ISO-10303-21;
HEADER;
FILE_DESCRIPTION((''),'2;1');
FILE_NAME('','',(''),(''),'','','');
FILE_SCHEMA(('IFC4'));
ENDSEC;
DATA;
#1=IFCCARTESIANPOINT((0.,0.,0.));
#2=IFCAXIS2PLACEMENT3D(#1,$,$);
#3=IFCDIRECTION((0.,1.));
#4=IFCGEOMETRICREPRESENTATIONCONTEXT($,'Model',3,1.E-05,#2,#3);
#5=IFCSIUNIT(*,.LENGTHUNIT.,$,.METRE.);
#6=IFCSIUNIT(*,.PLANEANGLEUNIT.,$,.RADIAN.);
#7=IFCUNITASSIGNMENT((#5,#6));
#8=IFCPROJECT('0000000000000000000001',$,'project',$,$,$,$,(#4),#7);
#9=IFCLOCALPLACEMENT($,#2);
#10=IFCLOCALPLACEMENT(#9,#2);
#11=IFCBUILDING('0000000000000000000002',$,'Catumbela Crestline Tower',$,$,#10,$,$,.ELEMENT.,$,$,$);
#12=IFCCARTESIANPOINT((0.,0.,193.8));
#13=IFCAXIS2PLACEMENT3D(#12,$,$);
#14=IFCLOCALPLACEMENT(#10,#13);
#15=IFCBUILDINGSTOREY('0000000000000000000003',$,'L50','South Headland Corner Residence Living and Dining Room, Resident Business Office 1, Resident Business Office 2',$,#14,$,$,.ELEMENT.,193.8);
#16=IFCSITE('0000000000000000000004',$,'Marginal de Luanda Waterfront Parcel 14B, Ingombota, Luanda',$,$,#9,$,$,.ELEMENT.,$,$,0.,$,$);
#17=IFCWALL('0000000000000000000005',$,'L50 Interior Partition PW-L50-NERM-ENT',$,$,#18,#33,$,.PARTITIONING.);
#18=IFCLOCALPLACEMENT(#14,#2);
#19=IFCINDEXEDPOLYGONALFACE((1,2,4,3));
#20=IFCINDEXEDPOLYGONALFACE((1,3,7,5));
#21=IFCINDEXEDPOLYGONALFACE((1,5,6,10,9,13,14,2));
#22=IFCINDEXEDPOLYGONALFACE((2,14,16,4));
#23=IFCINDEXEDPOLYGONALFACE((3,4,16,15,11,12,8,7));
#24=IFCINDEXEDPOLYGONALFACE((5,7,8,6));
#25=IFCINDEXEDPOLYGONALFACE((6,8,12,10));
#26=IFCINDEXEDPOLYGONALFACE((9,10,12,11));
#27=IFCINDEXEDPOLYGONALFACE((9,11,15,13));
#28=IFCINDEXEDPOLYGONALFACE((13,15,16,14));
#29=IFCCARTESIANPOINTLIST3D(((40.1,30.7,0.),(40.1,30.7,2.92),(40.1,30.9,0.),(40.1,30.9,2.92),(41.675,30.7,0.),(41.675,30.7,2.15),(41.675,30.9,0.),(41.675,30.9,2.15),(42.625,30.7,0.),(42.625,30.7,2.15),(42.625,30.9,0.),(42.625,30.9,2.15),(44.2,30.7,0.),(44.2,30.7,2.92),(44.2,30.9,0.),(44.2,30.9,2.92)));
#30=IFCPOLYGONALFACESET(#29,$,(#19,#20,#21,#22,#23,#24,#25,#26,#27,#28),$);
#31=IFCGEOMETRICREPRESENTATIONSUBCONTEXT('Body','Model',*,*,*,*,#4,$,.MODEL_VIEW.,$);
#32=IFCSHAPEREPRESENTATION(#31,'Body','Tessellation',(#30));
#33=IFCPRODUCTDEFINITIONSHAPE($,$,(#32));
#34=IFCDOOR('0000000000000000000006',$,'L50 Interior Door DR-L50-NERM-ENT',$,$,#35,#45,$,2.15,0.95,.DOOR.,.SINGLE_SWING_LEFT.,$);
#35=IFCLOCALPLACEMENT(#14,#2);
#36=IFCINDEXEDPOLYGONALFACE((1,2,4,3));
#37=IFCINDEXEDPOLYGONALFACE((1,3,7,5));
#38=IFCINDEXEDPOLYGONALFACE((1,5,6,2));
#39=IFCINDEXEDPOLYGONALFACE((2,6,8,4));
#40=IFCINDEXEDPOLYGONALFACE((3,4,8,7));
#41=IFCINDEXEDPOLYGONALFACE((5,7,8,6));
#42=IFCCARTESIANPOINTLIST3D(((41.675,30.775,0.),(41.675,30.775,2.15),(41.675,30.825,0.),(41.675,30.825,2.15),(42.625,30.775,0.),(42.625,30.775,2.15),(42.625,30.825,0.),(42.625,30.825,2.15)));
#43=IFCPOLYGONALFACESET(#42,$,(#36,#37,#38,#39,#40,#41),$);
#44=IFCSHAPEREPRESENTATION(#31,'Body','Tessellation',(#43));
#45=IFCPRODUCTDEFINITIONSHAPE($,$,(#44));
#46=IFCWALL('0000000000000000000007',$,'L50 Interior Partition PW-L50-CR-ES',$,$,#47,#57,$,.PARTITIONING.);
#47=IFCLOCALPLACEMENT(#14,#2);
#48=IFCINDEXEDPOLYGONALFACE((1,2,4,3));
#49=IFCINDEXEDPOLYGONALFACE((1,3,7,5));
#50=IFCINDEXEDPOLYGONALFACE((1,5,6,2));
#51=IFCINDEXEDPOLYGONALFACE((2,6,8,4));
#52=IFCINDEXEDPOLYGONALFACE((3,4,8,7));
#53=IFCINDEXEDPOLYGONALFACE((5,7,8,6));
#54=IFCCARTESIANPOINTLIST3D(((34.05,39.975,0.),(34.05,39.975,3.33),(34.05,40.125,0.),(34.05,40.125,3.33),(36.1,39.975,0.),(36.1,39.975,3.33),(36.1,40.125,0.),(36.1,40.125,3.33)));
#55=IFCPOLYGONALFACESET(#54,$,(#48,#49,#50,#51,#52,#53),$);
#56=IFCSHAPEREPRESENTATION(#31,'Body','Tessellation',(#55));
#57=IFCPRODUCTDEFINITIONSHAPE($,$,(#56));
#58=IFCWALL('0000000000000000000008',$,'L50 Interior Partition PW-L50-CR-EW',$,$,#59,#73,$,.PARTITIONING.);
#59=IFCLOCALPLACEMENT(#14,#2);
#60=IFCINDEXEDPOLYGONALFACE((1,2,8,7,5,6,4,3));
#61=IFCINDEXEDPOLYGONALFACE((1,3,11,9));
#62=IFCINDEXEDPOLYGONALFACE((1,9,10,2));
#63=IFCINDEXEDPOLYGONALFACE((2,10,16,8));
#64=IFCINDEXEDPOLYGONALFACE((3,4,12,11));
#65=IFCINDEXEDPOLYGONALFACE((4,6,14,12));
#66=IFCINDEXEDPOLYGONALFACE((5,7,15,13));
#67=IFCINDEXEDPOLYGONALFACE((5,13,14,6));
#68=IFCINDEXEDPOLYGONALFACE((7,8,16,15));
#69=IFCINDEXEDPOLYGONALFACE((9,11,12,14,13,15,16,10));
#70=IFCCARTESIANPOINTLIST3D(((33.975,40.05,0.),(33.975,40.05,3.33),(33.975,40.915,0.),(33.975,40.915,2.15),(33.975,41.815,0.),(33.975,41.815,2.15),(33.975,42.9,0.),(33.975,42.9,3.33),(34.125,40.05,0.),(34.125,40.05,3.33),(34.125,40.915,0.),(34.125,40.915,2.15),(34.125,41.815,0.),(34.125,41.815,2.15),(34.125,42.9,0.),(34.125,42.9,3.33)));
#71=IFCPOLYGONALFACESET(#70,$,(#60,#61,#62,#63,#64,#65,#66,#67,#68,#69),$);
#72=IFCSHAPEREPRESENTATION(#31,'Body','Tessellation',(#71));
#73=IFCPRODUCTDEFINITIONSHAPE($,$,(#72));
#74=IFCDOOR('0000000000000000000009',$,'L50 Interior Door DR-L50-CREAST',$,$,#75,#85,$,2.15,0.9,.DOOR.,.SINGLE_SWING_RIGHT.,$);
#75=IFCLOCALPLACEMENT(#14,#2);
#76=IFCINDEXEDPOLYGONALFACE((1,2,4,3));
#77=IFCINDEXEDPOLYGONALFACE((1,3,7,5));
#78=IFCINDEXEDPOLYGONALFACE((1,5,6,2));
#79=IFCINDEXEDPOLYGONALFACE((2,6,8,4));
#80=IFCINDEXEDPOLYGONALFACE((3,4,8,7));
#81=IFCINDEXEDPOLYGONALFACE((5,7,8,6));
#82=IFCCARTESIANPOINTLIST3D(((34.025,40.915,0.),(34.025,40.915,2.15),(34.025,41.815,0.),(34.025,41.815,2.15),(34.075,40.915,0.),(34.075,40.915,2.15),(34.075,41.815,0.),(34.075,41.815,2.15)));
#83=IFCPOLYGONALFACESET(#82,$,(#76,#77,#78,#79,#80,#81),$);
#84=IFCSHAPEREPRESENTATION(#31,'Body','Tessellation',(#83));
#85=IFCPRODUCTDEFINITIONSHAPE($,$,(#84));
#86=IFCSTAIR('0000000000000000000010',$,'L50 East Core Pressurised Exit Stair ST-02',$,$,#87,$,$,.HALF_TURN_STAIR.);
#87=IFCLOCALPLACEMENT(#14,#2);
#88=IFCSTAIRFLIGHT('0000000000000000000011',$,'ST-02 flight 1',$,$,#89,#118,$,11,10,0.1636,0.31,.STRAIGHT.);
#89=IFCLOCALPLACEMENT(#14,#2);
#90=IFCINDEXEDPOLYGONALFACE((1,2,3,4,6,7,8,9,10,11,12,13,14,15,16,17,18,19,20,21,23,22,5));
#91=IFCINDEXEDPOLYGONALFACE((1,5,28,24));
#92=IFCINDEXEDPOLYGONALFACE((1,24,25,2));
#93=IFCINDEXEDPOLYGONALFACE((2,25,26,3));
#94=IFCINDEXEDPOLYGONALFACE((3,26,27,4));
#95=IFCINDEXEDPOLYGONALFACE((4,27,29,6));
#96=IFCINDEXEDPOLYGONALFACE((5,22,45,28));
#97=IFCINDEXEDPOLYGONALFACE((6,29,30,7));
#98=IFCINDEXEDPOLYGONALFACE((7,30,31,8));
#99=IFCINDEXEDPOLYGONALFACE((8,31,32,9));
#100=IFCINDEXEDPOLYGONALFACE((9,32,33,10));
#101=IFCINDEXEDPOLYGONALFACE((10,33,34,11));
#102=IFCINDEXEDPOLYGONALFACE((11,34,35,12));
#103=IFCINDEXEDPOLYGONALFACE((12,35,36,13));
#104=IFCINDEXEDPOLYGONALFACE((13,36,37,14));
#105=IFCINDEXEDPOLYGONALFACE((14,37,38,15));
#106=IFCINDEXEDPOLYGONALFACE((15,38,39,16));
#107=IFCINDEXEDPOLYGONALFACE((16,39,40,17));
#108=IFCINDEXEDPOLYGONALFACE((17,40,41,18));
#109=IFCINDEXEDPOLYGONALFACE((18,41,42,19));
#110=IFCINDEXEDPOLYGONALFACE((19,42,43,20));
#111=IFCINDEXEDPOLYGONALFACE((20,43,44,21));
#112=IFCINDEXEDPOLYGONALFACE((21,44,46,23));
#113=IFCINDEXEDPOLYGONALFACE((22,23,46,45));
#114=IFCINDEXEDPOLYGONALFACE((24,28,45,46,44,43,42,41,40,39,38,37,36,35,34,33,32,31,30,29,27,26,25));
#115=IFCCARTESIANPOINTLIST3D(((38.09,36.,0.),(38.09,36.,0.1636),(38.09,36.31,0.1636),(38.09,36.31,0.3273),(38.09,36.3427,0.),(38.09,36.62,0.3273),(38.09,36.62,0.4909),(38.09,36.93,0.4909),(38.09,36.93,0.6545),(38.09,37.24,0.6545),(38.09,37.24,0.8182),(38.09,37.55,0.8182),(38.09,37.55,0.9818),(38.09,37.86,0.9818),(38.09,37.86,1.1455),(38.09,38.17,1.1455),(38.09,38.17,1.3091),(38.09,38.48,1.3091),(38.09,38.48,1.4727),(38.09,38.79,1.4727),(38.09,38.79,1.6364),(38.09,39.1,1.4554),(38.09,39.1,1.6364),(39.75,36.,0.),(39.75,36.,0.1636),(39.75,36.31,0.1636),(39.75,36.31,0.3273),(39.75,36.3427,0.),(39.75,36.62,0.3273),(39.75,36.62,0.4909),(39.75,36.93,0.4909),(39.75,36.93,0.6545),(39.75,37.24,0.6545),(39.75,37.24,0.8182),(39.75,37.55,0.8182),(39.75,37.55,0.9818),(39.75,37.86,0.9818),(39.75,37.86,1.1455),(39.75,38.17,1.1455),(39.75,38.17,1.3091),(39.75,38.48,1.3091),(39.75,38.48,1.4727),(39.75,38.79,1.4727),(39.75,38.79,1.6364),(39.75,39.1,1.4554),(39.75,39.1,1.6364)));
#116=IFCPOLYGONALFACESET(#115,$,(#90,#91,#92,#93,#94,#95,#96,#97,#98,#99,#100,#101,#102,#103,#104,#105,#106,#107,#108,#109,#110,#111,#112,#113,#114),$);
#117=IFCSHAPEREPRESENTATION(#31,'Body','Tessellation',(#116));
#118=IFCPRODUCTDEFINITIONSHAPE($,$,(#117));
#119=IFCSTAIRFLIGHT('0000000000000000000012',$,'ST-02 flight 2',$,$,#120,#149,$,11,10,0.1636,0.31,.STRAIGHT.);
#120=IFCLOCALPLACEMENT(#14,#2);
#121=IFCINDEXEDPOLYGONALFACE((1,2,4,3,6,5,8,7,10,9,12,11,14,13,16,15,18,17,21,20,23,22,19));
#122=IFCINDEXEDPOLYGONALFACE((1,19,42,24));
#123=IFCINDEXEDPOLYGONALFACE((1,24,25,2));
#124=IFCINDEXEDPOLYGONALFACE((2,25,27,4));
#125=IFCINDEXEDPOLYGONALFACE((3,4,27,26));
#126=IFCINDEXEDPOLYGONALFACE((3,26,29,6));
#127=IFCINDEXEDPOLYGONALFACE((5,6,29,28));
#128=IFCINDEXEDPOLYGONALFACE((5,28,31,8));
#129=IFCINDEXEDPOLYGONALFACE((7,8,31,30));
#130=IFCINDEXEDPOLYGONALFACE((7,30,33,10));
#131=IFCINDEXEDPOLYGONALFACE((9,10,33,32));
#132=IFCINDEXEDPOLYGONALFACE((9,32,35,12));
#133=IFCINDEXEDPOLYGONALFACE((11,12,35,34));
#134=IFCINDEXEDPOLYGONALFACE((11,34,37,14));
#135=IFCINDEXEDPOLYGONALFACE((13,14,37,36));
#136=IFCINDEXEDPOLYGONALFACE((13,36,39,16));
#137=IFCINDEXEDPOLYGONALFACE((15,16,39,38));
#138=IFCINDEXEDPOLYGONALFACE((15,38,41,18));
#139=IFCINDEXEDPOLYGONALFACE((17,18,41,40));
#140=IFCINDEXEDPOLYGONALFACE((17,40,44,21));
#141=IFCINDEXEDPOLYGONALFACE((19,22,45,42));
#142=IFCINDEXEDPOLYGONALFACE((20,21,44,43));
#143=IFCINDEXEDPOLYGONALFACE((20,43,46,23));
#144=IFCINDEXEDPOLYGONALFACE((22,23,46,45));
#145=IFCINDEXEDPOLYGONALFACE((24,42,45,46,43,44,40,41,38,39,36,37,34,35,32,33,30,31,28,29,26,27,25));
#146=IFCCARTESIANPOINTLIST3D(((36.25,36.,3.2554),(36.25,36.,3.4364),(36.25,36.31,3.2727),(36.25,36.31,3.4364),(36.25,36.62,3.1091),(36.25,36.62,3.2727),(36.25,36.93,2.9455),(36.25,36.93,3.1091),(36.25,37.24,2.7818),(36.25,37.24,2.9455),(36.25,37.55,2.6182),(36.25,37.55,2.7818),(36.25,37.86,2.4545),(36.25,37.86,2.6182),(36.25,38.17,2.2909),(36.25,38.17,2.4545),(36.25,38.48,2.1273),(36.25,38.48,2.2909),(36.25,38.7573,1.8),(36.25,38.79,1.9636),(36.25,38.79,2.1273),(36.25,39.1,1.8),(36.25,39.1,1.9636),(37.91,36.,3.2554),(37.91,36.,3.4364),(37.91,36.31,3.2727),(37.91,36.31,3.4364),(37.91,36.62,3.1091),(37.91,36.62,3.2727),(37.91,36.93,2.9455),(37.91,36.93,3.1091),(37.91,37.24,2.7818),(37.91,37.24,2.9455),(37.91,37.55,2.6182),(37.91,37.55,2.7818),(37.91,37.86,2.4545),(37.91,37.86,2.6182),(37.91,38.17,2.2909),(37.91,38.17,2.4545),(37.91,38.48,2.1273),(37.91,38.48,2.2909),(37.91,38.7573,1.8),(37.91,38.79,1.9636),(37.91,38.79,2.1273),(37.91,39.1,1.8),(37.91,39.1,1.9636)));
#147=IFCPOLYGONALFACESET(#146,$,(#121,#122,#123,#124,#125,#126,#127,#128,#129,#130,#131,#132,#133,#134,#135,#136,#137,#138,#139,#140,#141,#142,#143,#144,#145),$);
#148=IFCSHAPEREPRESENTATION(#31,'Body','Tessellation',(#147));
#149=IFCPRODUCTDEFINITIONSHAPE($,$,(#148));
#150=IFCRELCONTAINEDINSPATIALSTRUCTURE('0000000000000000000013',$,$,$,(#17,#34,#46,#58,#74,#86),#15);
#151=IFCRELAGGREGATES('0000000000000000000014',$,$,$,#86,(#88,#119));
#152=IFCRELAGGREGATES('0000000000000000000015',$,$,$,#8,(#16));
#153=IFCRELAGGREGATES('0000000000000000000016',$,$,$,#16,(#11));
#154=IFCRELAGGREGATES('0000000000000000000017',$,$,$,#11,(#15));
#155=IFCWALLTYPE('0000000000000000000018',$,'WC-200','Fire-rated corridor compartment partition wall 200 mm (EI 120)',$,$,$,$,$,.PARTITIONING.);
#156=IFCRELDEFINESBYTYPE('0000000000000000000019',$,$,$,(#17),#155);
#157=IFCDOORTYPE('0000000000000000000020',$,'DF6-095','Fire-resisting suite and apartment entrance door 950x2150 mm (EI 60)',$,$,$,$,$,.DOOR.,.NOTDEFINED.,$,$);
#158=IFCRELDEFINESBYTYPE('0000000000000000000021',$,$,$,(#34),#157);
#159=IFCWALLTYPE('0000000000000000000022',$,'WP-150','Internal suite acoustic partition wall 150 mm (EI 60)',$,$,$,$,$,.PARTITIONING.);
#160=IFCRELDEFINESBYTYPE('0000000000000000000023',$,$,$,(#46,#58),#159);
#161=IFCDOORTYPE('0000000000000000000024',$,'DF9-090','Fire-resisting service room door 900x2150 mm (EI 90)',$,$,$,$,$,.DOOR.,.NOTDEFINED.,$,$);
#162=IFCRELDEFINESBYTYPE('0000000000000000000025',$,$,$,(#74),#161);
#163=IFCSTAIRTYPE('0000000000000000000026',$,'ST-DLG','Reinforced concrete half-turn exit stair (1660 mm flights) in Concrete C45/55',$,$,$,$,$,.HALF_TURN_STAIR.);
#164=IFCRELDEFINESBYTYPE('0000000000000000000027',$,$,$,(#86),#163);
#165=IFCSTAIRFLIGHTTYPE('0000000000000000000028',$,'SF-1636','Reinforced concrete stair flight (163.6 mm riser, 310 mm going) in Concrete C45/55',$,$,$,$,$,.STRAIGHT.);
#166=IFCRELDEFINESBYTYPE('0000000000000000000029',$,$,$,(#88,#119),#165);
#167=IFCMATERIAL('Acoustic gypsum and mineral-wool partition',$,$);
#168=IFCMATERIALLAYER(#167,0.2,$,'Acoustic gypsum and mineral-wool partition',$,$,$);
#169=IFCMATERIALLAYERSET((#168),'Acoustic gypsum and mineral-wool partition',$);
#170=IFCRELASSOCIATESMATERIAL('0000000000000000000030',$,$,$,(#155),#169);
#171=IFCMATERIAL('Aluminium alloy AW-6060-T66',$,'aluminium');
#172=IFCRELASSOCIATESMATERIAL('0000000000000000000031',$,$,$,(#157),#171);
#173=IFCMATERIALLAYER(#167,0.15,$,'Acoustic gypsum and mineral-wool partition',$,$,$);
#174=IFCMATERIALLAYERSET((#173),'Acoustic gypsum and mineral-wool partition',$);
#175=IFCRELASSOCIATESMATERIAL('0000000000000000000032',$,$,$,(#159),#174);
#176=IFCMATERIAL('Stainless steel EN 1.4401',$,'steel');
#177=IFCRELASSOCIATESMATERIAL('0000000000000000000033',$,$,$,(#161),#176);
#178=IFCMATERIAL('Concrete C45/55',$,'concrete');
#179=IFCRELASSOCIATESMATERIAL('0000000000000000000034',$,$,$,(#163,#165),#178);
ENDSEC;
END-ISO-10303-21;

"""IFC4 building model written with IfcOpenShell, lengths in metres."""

from ifc_helpers import new_model, si_unit, direction, frame, frame_2d, origin, place, context, subcontext, project, spatial, polyline, rectangle, outline, extrude, material, layer, layer_set, type_object, element, fill, aggregate, save


model = new_model("IFC4")

# Units and contexts
model_context = context("Model", 3, precision=1e-05, world=origin(), true_north=direction((0.0, 1.0)))
body_context = subcontext(model_context, "Body", "Model", "MODEL_VIEW")
ifc_project = project(units=[si_unit("LENGTHUNIT", "METRE"), si_unit("PLANEANGLEUNIT", "RADIAN")], contexts=[model_context])

# Site, building, storey
site_placement = place(None, origin())
site = spatial("IfcSite", under=ifc_project, at=site_placement, Name="Marginal de Luanda Waterfront Parcel 14B, Ingombota, Luanda", CompositionType="ELEMENT", RefElevation=0.0)
building_placement = place(site_placement, origin())
building = spatial("IfcBuilding", under=site, at=building_placement, Name="Catumbela Crestline Tower", CompositionType="ELEMENT")
storey_placement = place(building_placement, frame((0.0, 0.0, 193.8)))
storey = spatial("IfcBuildingStorey", under=building, at=storey_placement, Name="L50", Description="South Headland Corner Residence Living and Dining Room, Resident Business Office 1, Resident Business Office 2", CompositionType="ELEMENT", Elevation=193.8)

# Shared definitions
ifc_material_1 = material(Name="Aluminium alloy AW-6060-T66", Category="aluminium")

# Wall, opening, door
ifc_material_2 = material(Name="Acoustic gypsum and mineral-wool partition")
ifc_layer_1 = layer(ifc_material_2, 0.2, Name="Acoustic gypsum and mineral-wool partition")
ifc_layer_set_1 = layer_set([ifc_layer_1], Name="Acoustic gypsum and mineral-wool partition")
wall_type_1 = type_object("IfcWallType", Name="WC-200", Description="Fire-rated corridor compartment partition wall 200 mm (EI 120)", PredefinedType="PARTITIONING", material=ifc_layer_set_1)
wall_1_placement = place(storey_placement, frame((40.1, 30.8, 0.0), z_axis=(0.0, 0.0, 1.0), x_axis=(1.0, 0.0, 0.0)))
wall_1 = element("IfcWall", 1, at=wall_1_placement, inside=storey, type_object=wall_type_1, Name="L50 Interior Partition PW-L50-NERM-ENT", PredefinedType="PARTITIONING", context=body_context, shape_type="SweptSolid", body=[
    extrude(rectangle(XDim=4.1, YDim=0.2, at=frame_2d((2.05, 0.0))), origin(), (0.0, 0.0, 1.0), 2.92),
])
opening_1_placement = place(wall_1_placement, frame((1.575, 0.0, 0.0)))
opening_1 = element("IfcOpeningElement", 2, at=opening_1_placement, cuts=wall_1, PredefinedType="OPENING", context=body_context, shape_type="SweptSolid", body=[
    extrude(rectangle(XDim=0.95, YDim=2.15, at=frame_2d((0.475, 1.075))), frame((0.0, 0.11, 0.0), z_axis=(0.0, -1.0, 0.0), x_axis=(1.0, 0.0, 0.0)), (0.0, 0.0, 1.0), 0.22),
])
door_type_1 = type_object("IfcDoorType", Name="DF6-095", Description="Fire-resisting suite and apartment entrance door 950x2150 mm (EI 60)", OperationType="NOTDEFINED", PredefinedType="DOOR", material=ifc_material_1)
door_1_placement = place(opening_1_placement, origin())
door_1 = element("IfcDoor", 3, at=door_1_placement, inside=storey, type_object=door_type_1, Name="L50 Interior Door DR-L50-NERM-ENT", OperationType="SINGLE_SWING_LEFT", OverallHeight=2.15, OverallWidth=0.95, PredefinedType="DOOR", context=body_context, shape_type="SweptSolid", body=[
    extrude(rectangle(XDim=0.95, YDim=2.15, at=frame_2d((0.475, 1.075))), frame((0.0, 0.025, 0.0), z_axis=(0.0, -1.0, 0.0), x_axis=(1.0, 0.0, 0.0)), (0.0, 0.0, 1.0), 0.05),
])
fill(opening_1, door_1)

# Wall
ifc_layer_2 = layer(ifc_material_2, 0.15, Name="Acoustic gypsum and mineral-wool partition")
ifc_layer_set_2 = layer_set([ifc_layer_2], Name="Acoustic gypsum and mineral-wool partition")
wall_type_2 = type_object("IfcWallType", Name="WP-150", Description="Internal suite acoustic partition wall 150 mm (EI 60)", PredefinedType="PARTITIONING", material=ifc_layer_set_2)
wall_2_placement = place(storey_placement, frame((34.05, 40.05, 0.0), z_axis=(0.0, 0.0, 1.0), x_axis=(1.0, 0.0, 0.0)))
element("IfcWall", 4, at=wall_2_placement, inside=storey, type_object=wall_type_2, Name="L50 Interior Partition PW-L50-CR-ES", PredefinedType="PARTITIONING", context=body_context, shape_type="SweptSolid", body=[
    extrude(rectangle(XDim=2.05, YDim=0.15, at=frame_2d((1.025, 0.0))), origin(), (0.0, 0.0, 1.0), 3.33),
])

# Wall, opening, door
wall_3_placement = place(storey_placement, frame((34.05, 40.05, 0.0), z_axis=(0.0, 0.0, 1.0), x_axis=(0.0, 1.0, 0.0)))
wall_3 = element("IfcWall", 5, at=wall_3_placement, inside=storey, type_object=wall_type_2, Name="L50 Interior Partition PW-L50-CR-EW", PredefinedType="PARTITIONING", context=body_context, shape_type="SweptSolid", body=[
    extrude(rectangle(XDim=2.85, YDim=0.15, at=frame_2d((1.425, 0.0))), origin(), (0.0, 0.0, 1.0), 3.33),
])
opening_2_placement = place(wall_3_placement, frame((0.865, 0.0, 0.0)))
opening_2 = element("IfcOpeningElement", 6, at=opening_2_placement, cuts=wall_3, PredefinedType="OPENING", context=body_context, shape_type="SweptSolid", body=[
    extrude(rectangle(XDim=0.9, YDim=2.15, at=frame_2d((0.45, 1.075))), frame((0.0, 0.085, 0.0), z_axis=(0.0, -1.0, 0.0), x_axis=(1.0, 0.0, 0.0)), (0.0, 0.0, 1.0), 0.17),
])
ifc_material_3 = material(Name="Stainless steel EN 1.4401", Category="steel")
door_type_2 = type_object("IfcDoorType", Name="DF9-090", Description="Fire-resisting service room door 900x2150 mm (EI 90)", OperationType="NOTDEFINED", PredefinedType="DOOR", material=ifc_material_3)
door_2_placement = place(opening_2_placement, origin())
door_2 = element("IfcDoor", 7, at=door_2_placement, inside=storey, type_object=door_type_2, Name="L50 Interior Door DR-L50-CREAST", OperationType="SINGLE_SWING_RIGHT", OverallHeight=2.15, OverallWidth=0.9, PredefinedType="DOOR", context=body_context, shape_type="SweptSolid", body=[
    extrude(rectangle(XDim=0.9, YDim=2.15, at=frame_2d((0.45, 1.075))), frame((0.0, 0.025, 0.0), z_axis=(0.0, -1.0, 0.0), x_axis=(1.0, 0.0, 0.0)), (0.0, 0.0, 1.0), 0.05),
])
fill(opening_2, door_2)

# Stair, stair flights
ifc_material_4 = material(Name="Concrete C45/55", Category="concrete")
stair_type = type_object("IfcStairType", Name="ST-DLG", Description="Reinforced concrete half-turn exit stair (1660 mm flights) in Concrete C45/55", PredefinedType="HALF_TURN_STAIR", material=ifc_material_4)
stair_placement = place(storey_placement, origin())
stair = element("IfcStair", 8, at=stair_placement, inside=storey, type_object=stair_type, Name="L50 East Core Pressurised Exit Stair ST-02", PredefinedType="HALF_TURN_STAIR")
stair_flight_type = type_object("IfcStairFlightType", Name="SF-1636", Description="Reinforced concrete stair flight (163.6 mm riser, 310 mm going) in Concrete C45/55", PredefinedType="STRAIGHT", material=ifc_material_4)
stair_flight_1_placement = place(storey_placement, frame((38.92, 36.0, 0.0), z_axis=(0.0, 0.0, 1.0), x_axis=(0.0, 1.0, 0.0)))
stair_flight_1 = element("IfcStairFlight", 9, at=stair_flight_1_placement, type_object=stair_flight_type, Name="ST-02 flight 1", NumberOfRisers=11, NumberOfTreads=10, PredefinedType="STRAIGHT", RiserHeight=0.1636, TreadLength=0.31, context=body_context, shape_type="SweptSolid", body=[
    extrude(outline(polyline([(0.0, 0.0), (0.0, 0.1636), (0.31, 0.1636), (0.31, 0.3273), (0.62, 0.3273), (0.62, 0.4909), (0.93, 0.4909), (0.93, 0.6545), (1.24, 0.6545), (1.24, 0.8182), (1.55, 0.8182), (1.55, 0.9818), (1.86, 0.9818), (1.86, 1.1455), (2.17, 1.1455), (2.17, 1.3091), (2.48, 1.3091), (2.48, 1.4727), (2.79, 1.4727), (2.79, 1.6364), (3.1, 1.6364), (3.1, 1.8), (3.1, 1.4554), (0.3427, 0.0), (0.0, 0.0)])), frame((0.0, 0.83, 0.0), z_axis=(0.0, -1.0, 0.0), x_axis=(1.0, 0.0, 0.0)), (0.0, 0.0, 1.0), 1.66),
])
stair_flight_2_placement = place(storey_placement, frame((37.08, 39.1, 1.8), z_axis=(0.0, 0.0, 1.0), x_axis=(0.0, -1.0, 0.0)))
stair_flight_2 = element("IfcStairFlight", 10, at=stair_flight_2_placement, type_object=stair_flight_type, Name="ST-02 flight 2", NumberOfRisers=11, NumberOfTreads=10, PredefinedType="STRAIGHT", RiserHeight=0.1636, TreadLength=0.31, context=body_context, shape_type="SweptSolid", body=[
    extrude(outline(polyline([(0.0, 0.0), (0.0, 0.1636), (0.31, 0.1636), (0.31, 0.3273), (0.62, 0.3273), (0.62, 0.4909), (0.93, 0.4909), (0.93, 0.6545), (1.24, 0.6545), (1.24, 0.8182), (1.55, 0.8182), (1.55, 0.9818), (1.86, 0.9818), (1.86, 1.1455), (2.17, 1.1455), (2.17, 1.3091), (2.48, 1.3091), (2.48, 1.4727), (2.79, 1.4727), (2.79, 1.6364), (3.1, 1.6364), (3.1, 1.8), (3.1, 1.4554), (0.3427, 0.0), (0.0, 0.0)])), frame((0.0, 0.83, 0.0), z_axis=(0.0, -1.0, 0.0), x_axis=(1.0, 0.0, 0.0)), (0.0, 0.0, 1.0), 1.66),
])
aggregate(stair, [stair_flight_1, stair_flight_2])

save(model, "model.ifc")
